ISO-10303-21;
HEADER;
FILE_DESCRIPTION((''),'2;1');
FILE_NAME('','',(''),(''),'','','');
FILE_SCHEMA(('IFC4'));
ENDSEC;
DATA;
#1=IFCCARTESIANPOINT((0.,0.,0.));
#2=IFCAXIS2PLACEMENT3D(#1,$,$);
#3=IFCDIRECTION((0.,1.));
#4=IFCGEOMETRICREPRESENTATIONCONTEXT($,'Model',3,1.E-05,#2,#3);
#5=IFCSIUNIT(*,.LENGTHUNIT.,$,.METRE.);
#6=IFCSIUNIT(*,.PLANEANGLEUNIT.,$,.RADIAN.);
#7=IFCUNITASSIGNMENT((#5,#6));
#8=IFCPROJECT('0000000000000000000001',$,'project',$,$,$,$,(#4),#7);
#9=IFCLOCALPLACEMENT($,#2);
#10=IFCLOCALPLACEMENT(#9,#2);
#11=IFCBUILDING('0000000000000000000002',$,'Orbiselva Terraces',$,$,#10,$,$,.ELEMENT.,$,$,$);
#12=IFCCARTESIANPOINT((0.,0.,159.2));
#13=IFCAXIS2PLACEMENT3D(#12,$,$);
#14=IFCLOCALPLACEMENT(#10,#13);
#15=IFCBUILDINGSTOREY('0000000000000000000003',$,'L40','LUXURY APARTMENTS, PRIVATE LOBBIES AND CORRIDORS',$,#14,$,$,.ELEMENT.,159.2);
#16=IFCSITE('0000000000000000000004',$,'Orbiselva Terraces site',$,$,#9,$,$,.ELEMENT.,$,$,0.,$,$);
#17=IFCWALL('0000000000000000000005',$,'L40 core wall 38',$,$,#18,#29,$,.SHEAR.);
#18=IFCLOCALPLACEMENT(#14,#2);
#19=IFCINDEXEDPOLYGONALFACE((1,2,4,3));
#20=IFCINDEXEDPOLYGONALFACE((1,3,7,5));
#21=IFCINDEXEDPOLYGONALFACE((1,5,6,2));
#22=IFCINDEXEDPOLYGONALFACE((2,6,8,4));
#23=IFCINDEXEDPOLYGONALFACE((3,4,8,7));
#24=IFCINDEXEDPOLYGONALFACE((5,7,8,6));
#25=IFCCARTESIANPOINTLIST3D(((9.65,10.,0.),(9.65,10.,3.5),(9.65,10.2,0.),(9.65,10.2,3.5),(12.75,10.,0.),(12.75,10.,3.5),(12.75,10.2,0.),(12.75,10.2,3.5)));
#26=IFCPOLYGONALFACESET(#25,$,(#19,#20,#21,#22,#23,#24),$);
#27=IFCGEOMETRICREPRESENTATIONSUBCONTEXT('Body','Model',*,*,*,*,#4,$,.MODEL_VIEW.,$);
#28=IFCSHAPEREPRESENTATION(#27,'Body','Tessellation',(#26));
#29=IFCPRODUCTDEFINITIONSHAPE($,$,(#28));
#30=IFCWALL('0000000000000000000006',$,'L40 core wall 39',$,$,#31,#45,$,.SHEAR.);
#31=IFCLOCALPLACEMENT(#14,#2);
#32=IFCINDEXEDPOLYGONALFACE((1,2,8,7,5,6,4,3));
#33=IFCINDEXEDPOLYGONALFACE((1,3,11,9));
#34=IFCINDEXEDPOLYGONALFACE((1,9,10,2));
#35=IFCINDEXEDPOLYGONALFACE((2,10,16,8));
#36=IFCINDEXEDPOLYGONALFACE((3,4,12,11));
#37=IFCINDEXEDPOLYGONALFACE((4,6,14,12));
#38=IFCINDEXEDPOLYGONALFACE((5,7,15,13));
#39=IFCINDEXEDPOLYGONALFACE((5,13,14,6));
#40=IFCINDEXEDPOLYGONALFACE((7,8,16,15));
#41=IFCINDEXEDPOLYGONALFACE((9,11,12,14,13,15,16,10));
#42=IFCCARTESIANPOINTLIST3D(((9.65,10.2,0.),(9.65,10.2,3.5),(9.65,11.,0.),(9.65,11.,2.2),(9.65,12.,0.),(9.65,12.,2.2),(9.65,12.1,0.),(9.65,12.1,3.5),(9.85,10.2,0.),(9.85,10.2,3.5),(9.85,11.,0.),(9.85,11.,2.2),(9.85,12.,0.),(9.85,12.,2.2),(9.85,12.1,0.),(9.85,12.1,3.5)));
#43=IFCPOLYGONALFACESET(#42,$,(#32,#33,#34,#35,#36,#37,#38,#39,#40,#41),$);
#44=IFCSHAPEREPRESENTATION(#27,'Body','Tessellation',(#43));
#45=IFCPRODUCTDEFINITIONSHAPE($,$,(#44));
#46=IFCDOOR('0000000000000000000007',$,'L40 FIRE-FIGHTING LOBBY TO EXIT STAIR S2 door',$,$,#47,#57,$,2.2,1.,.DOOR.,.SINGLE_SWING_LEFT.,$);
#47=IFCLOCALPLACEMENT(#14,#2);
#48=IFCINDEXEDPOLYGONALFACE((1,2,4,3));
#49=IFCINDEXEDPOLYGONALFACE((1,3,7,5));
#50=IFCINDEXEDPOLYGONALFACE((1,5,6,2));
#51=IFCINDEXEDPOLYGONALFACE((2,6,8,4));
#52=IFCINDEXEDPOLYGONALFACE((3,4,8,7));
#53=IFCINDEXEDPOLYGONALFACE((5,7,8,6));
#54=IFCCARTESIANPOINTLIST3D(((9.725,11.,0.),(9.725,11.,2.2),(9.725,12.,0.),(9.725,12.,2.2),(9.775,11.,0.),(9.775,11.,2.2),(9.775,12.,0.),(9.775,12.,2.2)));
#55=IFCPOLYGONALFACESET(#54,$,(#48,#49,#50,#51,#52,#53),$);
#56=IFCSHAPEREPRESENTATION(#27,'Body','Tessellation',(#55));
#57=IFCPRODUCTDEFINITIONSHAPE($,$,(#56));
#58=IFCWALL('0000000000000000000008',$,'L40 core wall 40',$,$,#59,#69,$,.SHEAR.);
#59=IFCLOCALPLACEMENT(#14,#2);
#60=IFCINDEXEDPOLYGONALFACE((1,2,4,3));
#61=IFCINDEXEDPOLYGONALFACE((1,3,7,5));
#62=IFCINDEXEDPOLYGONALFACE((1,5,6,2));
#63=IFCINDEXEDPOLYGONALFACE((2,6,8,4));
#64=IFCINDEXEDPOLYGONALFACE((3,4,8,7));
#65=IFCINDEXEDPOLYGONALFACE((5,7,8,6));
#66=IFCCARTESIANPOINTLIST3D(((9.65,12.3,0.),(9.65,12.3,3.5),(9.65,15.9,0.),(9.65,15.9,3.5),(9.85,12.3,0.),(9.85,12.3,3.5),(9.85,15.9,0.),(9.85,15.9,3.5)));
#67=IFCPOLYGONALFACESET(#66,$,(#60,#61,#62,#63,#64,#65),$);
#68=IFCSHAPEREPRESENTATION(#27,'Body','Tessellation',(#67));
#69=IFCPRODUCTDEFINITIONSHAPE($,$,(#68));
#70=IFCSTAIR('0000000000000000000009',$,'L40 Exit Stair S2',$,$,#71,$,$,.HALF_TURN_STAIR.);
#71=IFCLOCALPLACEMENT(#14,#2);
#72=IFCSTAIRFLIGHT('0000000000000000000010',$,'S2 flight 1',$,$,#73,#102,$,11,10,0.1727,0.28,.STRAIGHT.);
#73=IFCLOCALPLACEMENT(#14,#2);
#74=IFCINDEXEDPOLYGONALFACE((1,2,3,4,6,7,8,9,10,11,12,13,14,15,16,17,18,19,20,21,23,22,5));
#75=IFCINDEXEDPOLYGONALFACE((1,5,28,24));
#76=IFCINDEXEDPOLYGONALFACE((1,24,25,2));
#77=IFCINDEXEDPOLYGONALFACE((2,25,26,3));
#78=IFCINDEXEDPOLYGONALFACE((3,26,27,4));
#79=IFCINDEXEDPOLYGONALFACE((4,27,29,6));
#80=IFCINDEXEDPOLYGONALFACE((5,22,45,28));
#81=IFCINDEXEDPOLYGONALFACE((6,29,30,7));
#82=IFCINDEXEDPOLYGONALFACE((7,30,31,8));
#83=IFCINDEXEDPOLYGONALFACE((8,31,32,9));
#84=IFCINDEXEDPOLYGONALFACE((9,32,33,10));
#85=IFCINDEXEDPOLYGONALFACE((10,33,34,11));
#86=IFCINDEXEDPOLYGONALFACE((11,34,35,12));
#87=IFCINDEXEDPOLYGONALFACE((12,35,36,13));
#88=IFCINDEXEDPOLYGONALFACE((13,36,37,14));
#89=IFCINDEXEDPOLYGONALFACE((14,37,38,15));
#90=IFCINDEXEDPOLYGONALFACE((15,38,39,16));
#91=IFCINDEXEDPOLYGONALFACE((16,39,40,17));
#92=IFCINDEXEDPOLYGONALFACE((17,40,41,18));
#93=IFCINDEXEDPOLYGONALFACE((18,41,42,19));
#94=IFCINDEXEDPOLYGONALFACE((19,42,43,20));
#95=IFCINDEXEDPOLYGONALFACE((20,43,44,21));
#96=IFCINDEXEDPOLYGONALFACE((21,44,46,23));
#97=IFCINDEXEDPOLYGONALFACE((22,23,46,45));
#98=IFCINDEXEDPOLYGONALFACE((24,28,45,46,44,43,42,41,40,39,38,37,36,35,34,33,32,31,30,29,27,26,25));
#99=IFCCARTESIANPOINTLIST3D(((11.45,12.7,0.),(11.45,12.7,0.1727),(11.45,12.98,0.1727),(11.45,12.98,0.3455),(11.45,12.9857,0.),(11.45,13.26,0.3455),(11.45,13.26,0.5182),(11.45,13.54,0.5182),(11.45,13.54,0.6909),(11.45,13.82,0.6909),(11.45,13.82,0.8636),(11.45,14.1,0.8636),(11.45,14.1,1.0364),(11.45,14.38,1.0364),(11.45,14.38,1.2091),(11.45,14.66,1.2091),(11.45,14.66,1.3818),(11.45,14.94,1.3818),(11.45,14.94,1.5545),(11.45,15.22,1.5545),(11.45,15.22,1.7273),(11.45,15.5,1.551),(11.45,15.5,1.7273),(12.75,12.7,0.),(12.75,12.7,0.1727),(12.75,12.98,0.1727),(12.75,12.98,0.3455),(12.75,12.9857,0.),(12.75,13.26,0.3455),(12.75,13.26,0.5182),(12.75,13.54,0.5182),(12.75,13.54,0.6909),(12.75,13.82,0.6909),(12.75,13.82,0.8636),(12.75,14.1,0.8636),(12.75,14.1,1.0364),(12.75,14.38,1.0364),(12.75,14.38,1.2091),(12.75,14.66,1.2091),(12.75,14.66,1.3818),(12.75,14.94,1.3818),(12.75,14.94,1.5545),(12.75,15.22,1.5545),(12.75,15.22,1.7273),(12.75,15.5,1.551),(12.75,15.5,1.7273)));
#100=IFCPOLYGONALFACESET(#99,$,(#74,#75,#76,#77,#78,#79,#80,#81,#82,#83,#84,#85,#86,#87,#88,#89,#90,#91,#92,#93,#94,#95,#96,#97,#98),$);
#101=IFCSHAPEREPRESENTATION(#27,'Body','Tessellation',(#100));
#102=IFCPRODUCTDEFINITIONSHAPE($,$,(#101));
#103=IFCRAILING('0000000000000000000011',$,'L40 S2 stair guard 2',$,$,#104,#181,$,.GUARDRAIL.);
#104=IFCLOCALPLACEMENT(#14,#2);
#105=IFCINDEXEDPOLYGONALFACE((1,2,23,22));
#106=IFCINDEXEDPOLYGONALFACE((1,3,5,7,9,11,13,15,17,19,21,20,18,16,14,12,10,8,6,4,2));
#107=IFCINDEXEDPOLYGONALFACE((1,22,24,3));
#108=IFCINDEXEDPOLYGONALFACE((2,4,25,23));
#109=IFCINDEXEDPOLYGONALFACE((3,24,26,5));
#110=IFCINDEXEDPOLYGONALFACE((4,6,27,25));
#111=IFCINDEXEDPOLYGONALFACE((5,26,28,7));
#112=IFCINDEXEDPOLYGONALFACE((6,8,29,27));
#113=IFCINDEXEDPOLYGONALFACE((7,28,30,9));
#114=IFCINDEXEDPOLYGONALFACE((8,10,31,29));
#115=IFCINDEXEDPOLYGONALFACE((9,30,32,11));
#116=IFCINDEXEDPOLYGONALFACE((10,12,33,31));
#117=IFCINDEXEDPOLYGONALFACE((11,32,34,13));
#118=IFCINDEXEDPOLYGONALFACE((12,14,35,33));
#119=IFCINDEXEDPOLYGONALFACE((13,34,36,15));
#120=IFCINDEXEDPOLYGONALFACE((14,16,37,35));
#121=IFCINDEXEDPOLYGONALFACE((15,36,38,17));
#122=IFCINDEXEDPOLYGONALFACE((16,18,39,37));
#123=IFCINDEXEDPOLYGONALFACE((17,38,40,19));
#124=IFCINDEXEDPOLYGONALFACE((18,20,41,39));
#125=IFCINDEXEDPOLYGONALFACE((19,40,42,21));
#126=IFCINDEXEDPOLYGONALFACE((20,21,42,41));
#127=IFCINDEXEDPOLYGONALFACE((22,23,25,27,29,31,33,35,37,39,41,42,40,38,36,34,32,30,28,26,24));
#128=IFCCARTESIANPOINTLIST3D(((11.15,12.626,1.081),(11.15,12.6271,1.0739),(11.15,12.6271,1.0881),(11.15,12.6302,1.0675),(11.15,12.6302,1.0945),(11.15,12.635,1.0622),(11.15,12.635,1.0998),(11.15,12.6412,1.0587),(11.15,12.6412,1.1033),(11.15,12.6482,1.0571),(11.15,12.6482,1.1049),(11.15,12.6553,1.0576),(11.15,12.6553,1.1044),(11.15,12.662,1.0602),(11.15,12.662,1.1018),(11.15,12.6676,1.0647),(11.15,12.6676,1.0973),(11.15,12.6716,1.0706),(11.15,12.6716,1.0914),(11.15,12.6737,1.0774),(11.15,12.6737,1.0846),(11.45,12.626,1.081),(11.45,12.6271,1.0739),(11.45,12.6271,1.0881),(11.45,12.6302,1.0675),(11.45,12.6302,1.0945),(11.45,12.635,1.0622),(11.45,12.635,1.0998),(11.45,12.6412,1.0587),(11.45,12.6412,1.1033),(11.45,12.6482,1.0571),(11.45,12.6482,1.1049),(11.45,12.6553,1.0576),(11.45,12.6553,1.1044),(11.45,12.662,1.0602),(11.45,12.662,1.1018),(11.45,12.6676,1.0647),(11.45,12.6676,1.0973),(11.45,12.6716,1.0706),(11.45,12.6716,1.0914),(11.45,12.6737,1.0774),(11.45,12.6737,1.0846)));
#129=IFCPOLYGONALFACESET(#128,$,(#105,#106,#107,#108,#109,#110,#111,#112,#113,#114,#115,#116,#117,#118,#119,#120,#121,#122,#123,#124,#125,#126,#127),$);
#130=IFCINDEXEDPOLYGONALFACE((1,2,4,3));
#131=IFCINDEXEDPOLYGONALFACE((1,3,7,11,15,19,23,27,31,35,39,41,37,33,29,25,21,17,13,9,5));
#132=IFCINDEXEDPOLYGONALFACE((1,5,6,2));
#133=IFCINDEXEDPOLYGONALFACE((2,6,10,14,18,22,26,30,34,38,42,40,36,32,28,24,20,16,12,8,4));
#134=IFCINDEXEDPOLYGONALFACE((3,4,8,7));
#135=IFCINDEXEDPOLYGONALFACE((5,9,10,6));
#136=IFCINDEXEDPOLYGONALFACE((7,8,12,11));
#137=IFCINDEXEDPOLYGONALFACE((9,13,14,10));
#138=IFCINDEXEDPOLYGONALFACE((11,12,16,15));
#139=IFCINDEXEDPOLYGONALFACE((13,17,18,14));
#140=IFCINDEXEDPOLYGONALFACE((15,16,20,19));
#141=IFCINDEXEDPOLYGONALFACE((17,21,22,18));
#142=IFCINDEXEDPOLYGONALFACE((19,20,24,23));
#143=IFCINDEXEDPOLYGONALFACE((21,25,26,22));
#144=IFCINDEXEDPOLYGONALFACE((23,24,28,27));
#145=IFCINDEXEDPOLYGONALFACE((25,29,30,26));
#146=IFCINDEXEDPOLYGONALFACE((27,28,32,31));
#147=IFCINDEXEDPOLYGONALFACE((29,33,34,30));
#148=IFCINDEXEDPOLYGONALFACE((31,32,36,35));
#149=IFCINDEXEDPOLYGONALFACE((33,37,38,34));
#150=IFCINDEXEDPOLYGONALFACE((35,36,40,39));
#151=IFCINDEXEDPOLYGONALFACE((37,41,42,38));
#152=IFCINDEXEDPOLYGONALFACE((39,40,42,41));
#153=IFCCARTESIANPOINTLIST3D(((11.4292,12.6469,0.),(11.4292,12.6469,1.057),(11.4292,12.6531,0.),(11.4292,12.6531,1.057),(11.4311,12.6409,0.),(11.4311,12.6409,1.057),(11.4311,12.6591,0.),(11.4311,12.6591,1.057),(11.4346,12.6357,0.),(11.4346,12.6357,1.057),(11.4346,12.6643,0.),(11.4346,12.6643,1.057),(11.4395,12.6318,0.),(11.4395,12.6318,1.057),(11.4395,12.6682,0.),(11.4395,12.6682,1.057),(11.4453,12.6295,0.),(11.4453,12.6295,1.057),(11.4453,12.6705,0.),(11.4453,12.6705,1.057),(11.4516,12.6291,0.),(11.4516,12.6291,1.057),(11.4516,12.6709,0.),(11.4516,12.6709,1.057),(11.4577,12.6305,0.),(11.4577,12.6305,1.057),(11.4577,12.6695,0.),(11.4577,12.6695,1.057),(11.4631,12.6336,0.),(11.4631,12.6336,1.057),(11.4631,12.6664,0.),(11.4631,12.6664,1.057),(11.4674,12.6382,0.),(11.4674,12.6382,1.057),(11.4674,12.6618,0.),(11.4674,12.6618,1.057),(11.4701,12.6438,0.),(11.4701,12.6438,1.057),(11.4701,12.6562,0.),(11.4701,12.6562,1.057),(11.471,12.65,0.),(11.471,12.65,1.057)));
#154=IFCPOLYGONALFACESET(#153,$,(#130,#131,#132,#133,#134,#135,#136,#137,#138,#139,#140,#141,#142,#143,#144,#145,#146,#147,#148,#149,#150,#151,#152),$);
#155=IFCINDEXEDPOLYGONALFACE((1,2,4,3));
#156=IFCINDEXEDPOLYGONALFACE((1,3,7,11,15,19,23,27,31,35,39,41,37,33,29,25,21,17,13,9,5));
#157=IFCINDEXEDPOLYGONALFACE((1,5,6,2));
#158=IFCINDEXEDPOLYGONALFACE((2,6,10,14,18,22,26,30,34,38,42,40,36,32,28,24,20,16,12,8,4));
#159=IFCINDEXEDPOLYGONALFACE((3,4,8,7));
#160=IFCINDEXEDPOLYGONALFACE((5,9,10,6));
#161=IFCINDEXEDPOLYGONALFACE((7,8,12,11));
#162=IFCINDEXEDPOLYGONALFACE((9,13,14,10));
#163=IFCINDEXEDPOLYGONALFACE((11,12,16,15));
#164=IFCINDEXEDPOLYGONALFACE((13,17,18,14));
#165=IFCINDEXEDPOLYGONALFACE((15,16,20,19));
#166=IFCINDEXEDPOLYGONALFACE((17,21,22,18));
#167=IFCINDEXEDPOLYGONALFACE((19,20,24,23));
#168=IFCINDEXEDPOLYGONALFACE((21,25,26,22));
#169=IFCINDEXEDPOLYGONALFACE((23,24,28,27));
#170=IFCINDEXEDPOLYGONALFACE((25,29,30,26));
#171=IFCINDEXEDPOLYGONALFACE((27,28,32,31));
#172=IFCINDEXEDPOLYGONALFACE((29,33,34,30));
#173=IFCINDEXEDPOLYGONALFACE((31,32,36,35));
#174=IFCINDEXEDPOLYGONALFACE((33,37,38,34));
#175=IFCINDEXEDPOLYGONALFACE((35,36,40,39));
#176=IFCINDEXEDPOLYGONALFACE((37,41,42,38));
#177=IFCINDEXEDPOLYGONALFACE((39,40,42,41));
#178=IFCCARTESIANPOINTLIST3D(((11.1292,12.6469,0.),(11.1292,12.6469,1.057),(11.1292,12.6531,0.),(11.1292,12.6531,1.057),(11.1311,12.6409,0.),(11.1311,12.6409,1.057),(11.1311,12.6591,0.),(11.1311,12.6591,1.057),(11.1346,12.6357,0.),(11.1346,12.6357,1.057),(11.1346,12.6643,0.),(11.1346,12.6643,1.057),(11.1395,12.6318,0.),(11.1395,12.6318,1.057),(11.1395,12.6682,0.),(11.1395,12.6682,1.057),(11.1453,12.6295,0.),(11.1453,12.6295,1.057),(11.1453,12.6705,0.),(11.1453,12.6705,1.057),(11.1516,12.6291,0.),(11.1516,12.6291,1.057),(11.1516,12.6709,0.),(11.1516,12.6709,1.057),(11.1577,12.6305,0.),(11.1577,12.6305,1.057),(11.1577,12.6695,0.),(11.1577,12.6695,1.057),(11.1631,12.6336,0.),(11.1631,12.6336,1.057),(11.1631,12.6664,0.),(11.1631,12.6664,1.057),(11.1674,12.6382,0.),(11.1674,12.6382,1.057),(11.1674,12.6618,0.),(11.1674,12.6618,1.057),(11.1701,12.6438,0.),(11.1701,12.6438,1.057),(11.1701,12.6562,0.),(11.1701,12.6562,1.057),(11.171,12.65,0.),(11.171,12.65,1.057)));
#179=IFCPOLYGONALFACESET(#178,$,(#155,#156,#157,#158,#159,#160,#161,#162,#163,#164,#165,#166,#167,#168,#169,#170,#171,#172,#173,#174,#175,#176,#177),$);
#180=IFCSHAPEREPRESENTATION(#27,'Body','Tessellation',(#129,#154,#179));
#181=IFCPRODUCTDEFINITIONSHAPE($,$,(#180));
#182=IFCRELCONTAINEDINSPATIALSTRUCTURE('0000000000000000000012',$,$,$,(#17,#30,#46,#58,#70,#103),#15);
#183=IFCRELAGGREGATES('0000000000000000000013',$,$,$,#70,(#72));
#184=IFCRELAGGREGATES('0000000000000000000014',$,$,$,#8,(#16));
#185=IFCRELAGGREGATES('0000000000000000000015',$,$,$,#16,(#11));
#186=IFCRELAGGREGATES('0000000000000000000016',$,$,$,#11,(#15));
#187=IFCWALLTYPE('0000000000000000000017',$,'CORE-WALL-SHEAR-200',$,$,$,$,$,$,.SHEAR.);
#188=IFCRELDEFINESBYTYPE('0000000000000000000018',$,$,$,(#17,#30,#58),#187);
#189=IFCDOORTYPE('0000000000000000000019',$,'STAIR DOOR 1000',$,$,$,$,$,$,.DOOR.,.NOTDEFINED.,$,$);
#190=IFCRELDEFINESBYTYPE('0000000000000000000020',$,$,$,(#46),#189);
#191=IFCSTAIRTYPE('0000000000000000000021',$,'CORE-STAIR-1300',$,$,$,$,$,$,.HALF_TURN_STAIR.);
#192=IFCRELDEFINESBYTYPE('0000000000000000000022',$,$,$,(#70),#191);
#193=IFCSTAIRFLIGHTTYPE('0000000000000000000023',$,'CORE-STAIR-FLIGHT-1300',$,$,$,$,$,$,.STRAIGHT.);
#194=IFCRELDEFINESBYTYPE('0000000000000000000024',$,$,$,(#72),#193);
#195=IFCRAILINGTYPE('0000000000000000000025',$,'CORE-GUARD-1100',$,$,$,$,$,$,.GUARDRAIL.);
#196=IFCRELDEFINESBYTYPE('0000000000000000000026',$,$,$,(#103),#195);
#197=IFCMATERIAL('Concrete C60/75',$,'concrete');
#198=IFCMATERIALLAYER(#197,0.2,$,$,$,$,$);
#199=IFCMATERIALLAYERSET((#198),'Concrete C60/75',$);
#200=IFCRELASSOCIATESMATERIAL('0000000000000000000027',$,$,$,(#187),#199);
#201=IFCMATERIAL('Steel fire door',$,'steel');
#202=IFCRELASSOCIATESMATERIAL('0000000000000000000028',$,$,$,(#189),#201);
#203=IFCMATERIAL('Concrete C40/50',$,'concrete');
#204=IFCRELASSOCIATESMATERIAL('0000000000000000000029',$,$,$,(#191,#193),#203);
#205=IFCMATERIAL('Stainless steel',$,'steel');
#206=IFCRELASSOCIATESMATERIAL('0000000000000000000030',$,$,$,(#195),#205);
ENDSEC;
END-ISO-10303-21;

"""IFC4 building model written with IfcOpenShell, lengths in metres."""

from ifc_helpers import new_model, si_unit, direction, frame, frame_2d, origin, origin_2d, place, context, subcontext, project, spatial, polyline, rectangle, circle, outline, extrude, material, layer, layer_set, type_object, element, fill, aggregate, save


model = new_model("IFC4")

# Units and contexts
model_context = context("Model", 3, precision=1e-05, world=origin(), true_north=direction((0.0, 1.0)))
body_context = subcontext(model_context, "Body", "Model", "MODEL_VIEW")
ifc_project = project(units=[si_unit("LENGTHUNIT", "METRE"), si_unit("PLANEANGLEUNIT", "RADIAN")], contexts=[model_context])

# Site, building, storey
site_placement = place(None, origin())
site = spatial("IfcSite", under=ifc_project, at=site_placement, Name="Orbiselva Terraces site", CompositionType="ELEMENT", RefElevation=0.0)
building_placement = place(site_placement, origin())
building = spatial("IfcBuilding", under=site, at=building_placement, Name="Orbiselva Terraces", CompositionType="ELEMENT")
storey_placement = place(building_placement, frame((0.0, 0.0, 159.2)))
storey = spatial("IfcBuildingStorey", under=building, at=storey_placement, Name="L40", Description="LUXURY APARTMENTS, PRIVATE LOBBIES AND CORRIDORS", CompositionType="ELEMENT", Elevation=159.2)

# Shared definitions
ifc_material_1 = material(Name="Steel fire door", Category="steel")

# Shared definitions
ifc_material_2 = material(Name="Concrete C60/75", Category="concrete")
ifc_layer_1 = layer(ifc_material_2, 0.2)
ifc_layer_set_1 = layer_set([ifc_layer_1], Name="Concrete C60/75")
wall_type_1 = type_object("IfcWallType", Name="CORE-WALL-SHEAR-200", PredefinedType="SHEAR", material=ifc_layer_set_1)

# Wall
wall_1_placement = place(storey_placement, frame((9.65, 10.1, 0.0), z_axis=(0.0, 0.0, 1.0), x_axis=(1.0, 0.0, 0.0)))
element("IfcWall", 1, at=wall_1_placement, inside=storey, type_object=wall_type_1, Name="L40 core wall 38", PredefinedType="SHEAR", context=body_context, shape_type="SweptSolid", body=[
    extrude(rectangle(XDim=3.1, YDim=0.2, at=frame_2d((1.55, 0.0))), origin(), (0.0, 0.0, 1.0), 3.5),
])

# Wall, opening, door
wall_2_placement = place(storey_placement, frame((9.75, 12.1, 0.0), z_axis=(0.0, 0.0, 1.0), x_axis=(0.0, -1.0, 0.0)))
wall_2 = element("IfcWall", 2, at=wall_2_placement, inside=storey, type_object=wall_type_1, Name="L40 core wall 39", PredefinedType="SHEAR", context=body_context, shape_type="SweptSolid", body=[
    extrude(rectangle(XDim=1.9, YDim=0.2, at=frame_2d((0.95, 0.0))), origin(), (0.0, 0.0, 1.0), 3.5),
])
opening_1_placement = place(wall_2_placement, frame((0.1, 0.0, 0.0)))
opening_1 = element("IfcOpeningElement", 3, at=opening_1_placement, cuts=wall_2, PredefinedType="OPENING", context=body_context, shape_type="SweptSolid", body=[
    extrude(rectangle(XDim=1.0, YDim=2.2, at=frame_2d((0.5, 1.1))), frame((0.0, 0.11, 0.0), z_axis=(0.0, -1.0, 0.0), x_axis=(1.0, 0.0, 0.0)), (0.0, 0.0, 1.0), 0.22),
])
door_type_1 = type_object("IfcDoorType", Name="STAIR DOOR 1000", OperationType="NOTDEFINED", PredefinedType="DOOR", material=ifc_material_1)
door_1_placement = place(opening_1_placement, origin())
door_1 = element("IfcDoor", 4, at=door_1_placement, inside=storey, type_object=door_type_1, Name="L40 FIRE-FIGHTING LOBBY TO EXIT STAIR S2 door", OperationType="SINGLE_SWING_LEFT", OverallHeight=2.2, OverallWidth=1.0, PredefinedType="DOOR", context=body_context, shape_type="SweptSolid", body=[
    extrude(rectangle(XDim=1.0, YDim=2.2, at=frame_2d((0.5, 1.1))), frame((0.0, 0.025, 0.0), z_axis=(0.0, -1.0, 0.0), x_axis=(1.0, 0.0, 0.0)), (0.0, 0.0, 1.0), 0.05),
])
fill(opening_1, door_1)

# Wall
wall_3_placement = place(storey_placement, frame((9.75, 12.3, 0.0), z_axis=(0.0, 0.0, 1.0), x_axis=(0.0, 1.0, 0.0)))
element("IfcWall", 5, at=wall_3_placement, inside=storey, type_object=wall_type_1, Name="L40 core wall 40", PredefinedType="SHEAR", context=body_context, shape_type="SweptSolid", body=[
    extrude(rectangle(XDim=3.6, YDim=0.2, at=frame_2d((1.8, 0.0))), origin(), (0.0, 0.0, 1.0), 3.5),
])

# Stair, stair flight
ifc_material_3 = material(Name="Concrete C40/50", Category="concrete")
stair_type = type_object("IfcStairType", Name="CORE-STAIR-1300", PredefinedType="HALF_TURN_STAIR", material=ifc_material_3)
stair_placement = place(storey_placement, origin())
stair = element("IfcStair", 6, at=stair_placement, inside=storey, type_object=stair_type, Name="L40 Exit Stair S2", PredefinedType="HALF_TURN_STAIR")
stair_flight_type = type_object("IfcStairFlightType", Name="CORE-STAIR-FLIGHT-1300", PredefinedType="STRAIGHT", material=ifc_material_3)
stair_flight_placement = place(storey_placement, frame((12.1, 12.7, 0.0), z_axis=(0.0, 0.0, 1.0), x_axis=(0.0, 1.0, 0.0)))
stair_flight = element("IfcStairFlight", 7, at=stair_flight_placement, type_object=stair_flight_type, Name="S2 flight 1", NumberOfRisers=11, NumberOfTreads=10, PredefinedType="STRAIGHT", RiserHeight=0.1727, TreadLength=0.28, context=body_context, shape_type="SweptSolid", body=[
    extrude(outline(polyline([(0.0, 0.0), (0.0, 0.1727), (0.28, 0.1727), (0.28, 0.3455), (0.56, 0.3455), (0.56, 0.5182), (0.84, 0.5182), (0.84, 0.6909), (1.12, 0.6909), (1.12, 0.8636), (1.4, 0.8636), (1.4, 1.0364), (1.68, 1.0364), (1.68, 1.2091), (1.96, 1.2091), (1.96, 1.3818), (2.24, 1.3818), (2.24, 1.5545), (2.52, 1.5545), (2.52, 1.7273), (2.8, 1.7273), (2.8, 1.9), (2.8, 1.551), (0.2857, 0.0), (0.0, 0.0)])), frame((0.0, 0.65, 0.0), z_axis=(0.0, -1.0, 0.0), x_axis=(1.0, 0.0, 0.0)), (0.0, 0.0, 1.0), 1.3),
])
aggregate(stair, [stair_flight])

# Railing
ifc_material_4 = material(Name="Stainless steel", Category="steel")
railing_type_1 = type_object("IfcRailingType", Name="CORE-GUARD-1100", PredefinedType="GUARDRAIL", material=ifc_material_4)
railing_1_placement = place(storey_placement, frame((11.45, 12.65, 0.0)))
element("IfcRailing", 8, at=railing_1_placement, inside=storey, type_object=railing_type_1, Name="L40 S2 stair guard 2", PredefinedType="GUARDRAIL", context=body_context, shape_type="SweptSolid", body=[
    extrude(circle(Radius=0.024, at=origin_2d()), frame((0.0, 0.0, 1.081), z_axis=(-1.0, 0.0, 0.0), x_axis=(0.0, -1.0, 0.0)), (0.0, 0.0, 1.0), 0.3),
    extrude(circle(Radius=0.021, at=origin_2d()), origin(), (0.0, 0.0, 1.0), 1.057),
    extrude(circle(Radius=0.021, at=origin_2d()), frame((-0.3, 0.0, 0.0)), (0.0, 0.0, 1.0), 1.057),
])

save(model, "model.ifc")
